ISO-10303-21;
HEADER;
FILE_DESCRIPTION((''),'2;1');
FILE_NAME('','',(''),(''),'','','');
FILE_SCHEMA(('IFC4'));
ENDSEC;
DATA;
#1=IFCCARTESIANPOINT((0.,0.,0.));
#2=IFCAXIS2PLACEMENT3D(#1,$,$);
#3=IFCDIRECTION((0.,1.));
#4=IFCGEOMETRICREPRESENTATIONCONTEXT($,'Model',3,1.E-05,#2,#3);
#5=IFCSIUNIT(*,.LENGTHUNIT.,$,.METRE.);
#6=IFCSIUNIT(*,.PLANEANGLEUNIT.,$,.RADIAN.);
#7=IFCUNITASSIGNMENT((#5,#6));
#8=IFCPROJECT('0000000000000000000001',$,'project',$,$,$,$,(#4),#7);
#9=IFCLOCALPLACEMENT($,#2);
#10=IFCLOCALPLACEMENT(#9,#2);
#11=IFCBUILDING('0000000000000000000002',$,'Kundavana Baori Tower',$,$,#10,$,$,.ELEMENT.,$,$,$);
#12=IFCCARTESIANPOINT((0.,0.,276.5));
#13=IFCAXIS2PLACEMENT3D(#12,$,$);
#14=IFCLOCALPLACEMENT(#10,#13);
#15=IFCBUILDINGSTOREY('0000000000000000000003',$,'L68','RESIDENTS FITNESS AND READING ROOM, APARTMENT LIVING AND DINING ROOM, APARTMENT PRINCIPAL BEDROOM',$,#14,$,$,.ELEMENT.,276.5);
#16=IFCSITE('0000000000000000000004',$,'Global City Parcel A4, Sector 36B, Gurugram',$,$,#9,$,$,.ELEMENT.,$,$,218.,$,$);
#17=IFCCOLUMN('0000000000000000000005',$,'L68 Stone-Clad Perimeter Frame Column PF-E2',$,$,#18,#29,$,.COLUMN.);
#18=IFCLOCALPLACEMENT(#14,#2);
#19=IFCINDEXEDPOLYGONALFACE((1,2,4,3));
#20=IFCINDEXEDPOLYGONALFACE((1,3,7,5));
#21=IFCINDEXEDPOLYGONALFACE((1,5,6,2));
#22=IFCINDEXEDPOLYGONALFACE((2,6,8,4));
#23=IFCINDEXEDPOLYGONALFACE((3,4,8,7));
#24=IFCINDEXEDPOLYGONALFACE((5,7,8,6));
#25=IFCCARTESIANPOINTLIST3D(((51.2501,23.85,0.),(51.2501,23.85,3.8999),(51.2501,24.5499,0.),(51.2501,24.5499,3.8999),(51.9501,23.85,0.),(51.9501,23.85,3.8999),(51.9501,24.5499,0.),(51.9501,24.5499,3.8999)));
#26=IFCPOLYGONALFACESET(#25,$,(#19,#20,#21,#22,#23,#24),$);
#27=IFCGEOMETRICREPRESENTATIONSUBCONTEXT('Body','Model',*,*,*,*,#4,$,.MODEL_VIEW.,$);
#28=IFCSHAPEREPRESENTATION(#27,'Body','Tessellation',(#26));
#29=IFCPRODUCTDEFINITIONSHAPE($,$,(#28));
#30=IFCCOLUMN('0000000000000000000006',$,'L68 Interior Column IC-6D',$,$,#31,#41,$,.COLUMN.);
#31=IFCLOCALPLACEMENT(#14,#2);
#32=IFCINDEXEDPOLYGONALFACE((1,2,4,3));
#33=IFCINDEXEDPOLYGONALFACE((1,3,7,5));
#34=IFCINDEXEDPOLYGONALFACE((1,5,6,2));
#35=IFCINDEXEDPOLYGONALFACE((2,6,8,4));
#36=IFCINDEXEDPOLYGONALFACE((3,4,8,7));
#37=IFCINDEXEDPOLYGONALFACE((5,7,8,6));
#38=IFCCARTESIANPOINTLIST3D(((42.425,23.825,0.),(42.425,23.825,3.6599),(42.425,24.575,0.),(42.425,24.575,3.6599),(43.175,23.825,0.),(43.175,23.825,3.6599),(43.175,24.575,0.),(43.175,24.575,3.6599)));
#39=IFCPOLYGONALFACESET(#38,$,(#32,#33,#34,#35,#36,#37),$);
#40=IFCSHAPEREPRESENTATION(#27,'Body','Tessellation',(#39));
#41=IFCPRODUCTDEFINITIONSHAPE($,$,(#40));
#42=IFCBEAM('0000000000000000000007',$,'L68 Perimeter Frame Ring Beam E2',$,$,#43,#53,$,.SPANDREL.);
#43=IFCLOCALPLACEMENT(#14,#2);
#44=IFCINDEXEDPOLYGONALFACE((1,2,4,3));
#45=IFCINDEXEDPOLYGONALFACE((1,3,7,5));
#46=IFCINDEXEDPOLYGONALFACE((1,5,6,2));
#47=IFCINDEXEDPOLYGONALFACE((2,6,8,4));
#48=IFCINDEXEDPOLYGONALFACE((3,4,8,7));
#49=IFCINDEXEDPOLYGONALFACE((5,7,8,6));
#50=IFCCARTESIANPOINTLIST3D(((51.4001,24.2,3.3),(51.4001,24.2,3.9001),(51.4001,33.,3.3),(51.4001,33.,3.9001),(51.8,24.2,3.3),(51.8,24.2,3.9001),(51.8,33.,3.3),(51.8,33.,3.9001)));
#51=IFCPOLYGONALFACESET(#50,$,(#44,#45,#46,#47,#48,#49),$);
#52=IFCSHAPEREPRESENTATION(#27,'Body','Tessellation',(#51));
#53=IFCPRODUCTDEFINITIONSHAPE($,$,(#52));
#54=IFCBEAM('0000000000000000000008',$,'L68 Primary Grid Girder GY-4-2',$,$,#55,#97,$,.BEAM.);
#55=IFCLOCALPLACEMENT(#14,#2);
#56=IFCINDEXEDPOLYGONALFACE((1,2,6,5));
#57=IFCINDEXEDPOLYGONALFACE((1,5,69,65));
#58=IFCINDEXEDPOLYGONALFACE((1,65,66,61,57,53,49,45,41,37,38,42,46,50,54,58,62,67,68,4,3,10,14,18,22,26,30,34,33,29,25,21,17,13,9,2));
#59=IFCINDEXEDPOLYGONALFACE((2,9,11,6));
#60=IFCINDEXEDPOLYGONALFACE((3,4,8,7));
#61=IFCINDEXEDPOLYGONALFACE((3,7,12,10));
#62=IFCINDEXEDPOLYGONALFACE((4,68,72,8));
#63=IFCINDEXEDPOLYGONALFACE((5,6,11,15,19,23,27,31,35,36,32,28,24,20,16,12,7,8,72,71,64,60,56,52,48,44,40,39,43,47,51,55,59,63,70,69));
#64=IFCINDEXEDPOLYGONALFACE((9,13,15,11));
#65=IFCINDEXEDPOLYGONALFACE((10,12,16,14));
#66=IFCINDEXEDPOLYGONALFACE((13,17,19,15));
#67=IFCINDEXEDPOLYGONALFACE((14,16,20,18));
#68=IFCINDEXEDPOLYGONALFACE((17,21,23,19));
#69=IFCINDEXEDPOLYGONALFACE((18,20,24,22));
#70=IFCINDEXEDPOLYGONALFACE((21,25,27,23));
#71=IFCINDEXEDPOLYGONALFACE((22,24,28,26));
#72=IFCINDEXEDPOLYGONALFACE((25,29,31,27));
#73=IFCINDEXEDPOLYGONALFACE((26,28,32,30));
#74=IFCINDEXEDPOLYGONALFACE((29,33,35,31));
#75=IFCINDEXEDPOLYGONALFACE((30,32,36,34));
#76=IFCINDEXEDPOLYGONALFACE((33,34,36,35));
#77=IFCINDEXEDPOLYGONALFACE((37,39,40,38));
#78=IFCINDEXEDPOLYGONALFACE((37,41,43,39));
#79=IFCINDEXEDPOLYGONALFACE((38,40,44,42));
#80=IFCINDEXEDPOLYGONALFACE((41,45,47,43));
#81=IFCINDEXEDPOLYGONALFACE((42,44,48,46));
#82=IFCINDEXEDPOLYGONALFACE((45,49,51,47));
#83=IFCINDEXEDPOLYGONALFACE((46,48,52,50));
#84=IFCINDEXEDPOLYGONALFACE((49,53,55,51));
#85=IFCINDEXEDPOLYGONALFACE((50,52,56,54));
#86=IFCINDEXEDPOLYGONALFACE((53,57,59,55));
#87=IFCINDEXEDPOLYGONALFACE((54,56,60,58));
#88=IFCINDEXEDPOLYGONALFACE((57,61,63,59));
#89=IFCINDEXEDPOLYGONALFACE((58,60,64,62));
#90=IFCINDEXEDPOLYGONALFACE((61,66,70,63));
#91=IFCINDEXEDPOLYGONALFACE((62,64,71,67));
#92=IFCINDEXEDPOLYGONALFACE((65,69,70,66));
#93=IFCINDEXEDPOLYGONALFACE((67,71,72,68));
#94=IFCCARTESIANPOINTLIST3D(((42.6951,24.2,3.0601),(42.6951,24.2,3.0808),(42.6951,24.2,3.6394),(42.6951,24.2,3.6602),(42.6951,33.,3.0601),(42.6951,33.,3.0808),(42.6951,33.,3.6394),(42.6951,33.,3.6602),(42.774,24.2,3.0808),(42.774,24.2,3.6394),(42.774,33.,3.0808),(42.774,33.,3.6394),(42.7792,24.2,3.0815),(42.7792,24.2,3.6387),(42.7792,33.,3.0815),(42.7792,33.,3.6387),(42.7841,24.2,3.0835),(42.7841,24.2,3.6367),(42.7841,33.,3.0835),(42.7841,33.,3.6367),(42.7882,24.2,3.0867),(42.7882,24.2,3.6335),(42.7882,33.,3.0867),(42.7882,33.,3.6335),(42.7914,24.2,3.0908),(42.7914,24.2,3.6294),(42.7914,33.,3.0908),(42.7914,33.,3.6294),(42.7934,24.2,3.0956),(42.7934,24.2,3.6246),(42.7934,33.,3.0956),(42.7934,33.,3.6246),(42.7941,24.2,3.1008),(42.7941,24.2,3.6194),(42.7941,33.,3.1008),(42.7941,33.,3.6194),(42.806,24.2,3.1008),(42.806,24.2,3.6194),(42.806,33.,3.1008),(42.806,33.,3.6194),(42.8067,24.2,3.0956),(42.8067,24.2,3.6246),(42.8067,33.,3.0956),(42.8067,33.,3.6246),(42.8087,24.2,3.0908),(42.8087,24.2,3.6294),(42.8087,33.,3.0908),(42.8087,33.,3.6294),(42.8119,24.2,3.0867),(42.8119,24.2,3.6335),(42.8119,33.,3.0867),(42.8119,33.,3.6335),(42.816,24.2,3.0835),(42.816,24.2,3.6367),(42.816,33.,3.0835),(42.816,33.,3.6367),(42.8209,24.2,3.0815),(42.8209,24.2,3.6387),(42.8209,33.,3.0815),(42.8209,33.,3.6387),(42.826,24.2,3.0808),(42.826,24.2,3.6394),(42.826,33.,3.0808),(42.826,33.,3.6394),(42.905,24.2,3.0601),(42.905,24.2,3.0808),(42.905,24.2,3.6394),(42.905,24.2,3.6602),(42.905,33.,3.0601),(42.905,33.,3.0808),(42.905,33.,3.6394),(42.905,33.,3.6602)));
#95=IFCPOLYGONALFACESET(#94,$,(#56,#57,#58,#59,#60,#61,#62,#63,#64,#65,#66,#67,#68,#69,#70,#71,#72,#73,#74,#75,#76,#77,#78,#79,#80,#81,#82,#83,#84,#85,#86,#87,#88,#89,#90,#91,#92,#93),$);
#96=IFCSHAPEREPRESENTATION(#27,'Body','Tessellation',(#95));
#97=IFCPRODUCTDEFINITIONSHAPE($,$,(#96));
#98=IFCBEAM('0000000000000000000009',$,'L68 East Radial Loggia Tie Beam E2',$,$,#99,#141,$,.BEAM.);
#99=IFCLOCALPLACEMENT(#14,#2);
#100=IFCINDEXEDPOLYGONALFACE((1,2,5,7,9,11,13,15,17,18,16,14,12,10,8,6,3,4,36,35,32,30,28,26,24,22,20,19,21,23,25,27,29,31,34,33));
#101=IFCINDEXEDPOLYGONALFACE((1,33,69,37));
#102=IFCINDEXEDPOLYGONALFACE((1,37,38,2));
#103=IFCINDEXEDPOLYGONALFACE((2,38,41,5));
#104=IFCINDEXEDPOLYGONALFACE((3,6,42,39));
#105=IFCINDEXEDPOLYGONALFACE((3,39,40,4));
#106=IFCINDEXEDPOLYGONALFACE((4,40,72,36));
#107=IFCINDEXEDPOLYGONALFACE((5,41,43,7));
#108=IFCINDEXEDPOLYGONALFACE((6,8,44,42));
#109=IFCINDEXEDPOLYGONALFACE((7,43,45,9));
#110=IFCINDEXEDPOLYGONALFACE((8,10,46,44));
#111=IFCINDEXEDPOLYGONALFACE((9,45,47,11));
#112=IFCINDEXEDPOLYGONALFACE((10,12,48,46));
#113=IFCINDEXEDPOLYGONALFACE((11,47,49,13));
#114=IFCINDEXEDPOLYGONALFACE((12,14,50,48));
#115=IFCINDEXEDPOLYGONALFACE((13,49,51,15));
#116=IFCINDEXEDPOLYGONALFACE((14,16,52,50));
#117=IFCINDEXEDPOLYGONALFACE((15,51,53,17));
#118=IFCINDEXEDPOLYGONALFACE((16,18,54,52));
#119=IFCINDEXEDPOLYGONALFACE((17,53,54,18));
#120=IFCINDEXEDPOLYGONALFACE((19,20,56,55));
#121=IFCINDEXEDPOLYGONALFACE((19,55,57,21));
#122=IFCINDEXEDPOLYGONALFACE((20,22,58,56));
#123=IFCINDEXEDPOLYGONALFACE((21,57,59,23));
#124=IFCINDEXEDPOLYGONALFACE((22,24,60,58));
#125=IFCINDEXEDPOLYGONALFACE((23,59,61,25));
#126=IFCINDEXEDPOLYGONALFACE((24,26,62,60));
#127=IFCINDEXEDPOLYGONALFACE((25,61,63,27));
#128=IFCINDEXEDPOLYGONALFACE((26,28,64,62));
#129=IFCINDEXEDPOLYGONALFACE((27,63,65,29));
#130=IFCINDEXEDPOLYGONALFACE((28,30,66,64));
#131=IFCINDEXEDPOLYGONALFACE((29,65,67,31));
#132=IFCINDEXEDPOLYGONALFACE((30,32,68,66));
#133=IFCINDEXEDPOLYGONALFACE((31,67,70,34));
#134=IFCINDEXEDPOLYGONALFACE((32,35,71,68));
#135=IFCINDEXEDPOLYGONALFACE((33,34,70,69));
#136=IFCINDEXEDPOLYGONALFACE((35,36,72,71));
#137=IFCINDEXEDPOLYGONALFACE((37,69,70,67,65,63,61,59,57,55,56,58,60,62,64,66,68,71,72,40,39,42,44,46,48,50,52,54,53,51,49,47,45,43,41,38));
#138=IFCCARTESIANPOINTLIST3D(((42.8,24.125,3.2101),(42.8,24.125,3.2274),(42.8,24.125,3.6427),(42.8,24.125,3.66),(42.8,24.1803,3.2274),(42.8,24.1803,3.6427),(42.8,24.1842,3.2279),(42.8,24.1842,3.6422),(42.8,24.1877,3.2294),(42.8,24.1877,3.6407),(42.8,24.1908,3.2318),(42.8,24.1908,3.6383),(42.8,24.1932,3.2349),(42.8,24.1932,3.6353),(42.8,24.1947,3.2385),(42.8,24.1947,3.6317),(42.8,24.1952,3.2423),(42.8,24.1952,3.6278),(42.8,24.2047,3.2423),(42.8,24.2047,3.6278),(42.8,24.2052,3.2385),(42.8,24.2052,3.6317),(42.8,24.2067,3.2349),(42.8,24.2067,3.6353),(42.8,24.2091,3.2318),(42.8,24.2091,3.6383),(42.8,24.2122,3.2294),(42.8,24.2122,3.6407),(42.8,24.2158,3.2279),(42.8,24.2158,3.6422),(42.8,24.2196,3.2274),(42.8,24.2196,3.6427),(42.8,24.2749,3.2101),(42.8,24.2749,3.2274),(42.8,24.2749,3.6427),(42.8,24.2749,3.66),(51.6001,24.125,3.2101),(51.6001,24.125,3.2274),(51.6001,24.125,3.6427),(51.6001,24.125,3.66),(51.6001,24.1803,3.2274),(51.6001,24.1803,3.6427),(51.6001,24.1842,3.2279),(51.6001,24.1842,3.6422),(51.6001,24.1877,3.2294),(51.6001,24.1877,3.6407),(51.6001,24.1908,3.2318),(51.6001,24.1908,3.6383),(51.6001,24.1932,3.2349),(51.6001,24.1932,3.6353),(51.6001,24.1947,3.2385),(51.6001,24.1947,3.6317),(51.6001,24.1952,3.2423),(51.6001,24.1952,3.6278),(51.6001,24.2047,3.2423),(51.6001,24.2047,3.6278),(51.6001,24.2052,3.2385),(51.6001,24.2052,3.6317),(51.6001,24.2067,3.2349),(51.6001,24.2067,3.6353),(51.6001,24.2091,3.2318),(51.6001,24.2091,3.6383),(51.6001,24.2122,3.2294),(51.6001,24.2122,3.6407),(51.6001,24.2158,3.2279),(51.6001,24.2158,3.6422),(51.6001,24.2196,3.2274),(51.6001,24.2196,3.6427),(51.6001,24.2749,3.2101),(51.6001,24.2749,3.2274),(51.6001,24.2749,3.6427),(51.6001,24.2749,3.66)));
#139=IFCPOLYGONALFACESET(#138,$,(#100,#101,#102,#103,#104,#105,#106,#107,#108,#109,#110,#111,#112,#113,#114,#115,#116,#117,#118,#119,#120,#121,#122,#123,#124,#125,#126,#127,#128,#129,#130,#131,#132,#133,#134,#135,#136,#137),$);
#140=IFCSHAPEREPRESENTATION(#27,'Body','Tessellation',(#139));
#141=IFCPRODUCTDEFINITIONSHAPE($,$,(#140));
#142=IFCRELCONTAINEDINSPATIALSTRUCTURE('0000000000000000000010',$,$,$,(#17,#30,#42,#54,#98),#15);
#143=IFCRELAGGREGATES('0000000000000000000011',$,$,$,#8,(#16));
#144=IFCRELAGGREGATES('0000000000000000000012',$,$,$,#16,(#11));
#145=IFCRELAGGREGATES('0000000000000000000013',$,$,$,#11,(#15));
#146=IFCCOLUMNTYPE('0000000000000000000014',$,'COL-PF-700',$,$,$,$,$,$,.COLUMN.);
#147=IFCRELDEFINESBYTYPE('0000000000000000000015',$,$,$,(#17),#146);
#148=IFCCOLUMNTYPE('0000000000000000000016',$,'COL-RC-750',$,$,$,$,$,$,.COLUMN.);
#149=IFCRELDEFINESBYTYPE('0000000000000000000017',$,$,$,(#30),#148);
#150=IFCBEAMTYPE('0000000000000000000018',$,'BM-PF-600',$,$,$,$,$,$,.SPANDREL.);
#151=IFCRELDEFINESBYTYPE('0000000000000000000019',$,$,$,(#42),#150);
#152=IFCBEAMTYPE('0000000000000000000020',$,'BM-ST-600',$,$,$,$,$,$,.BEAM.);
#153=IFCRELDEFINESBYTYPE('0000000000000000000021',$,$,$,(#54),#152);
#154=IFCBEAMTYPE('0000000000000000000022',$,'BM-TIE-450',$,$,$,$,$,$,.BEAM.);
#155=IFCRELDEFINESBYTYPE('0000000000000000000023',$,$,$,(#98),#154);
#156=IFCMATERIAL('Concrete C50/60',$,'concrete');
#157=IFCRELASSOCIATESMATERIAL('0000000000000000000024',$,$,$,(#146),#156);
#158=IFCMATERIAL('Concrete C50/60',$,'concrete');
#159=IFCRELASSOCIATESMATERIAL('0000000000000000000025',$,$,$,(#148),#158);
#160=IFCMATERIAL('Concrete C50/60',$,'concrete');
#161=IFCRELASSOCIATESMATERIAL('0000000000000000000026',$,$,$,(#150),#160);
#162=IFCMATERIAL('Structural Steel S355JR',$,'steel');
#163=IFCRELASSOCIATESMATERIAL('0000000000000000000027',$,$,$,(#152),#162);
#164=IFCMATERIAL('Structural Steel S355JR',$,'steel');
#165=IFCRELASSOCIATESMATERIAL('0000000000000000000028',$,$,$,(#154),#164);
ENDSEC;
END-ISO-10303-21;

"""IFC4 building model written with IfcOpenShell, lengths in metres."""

from ifc_helpers import new_model, si_unit, direction, frame, origin, origin_2d, place, context, subcontext, project, spatial, rectangle, i_section, extrude, material, material_profile, profile_set, type_object, element, save


model = new_model("IFC4")

# Units and contexts
model_context = context("Model", 3, precision=1e-05, world=origin(), true_north=direction((0.0, 1.0)))
body_context = subcontext(model_context, "Body", "Model", "MODEL_VIEW")
ifc_project = project(units=[si_unit("LENGTHUNIT", "METRE"), si_unit("PLANEANGLEUNIT", "RADIAN")], contexts=[model_context])

# Site, building, storey
site_placement = place(None, origin())
site = spatial("IfcSite", under=ifc_project, at=site_placement, Name="Global City Parcel A4, Sector 36B, Gurugram", CompositionType="ELEMENT", RefElevation=218.0)
building_placement = place(site_placement, origin())
building = spatial("IfcBuilding", under=site, at=building_placement, Name="Kundavana Baori Tower", CompositionType="ELEMENT")
storey_placement = place(building_placement, frame((0.0, 0.0, 276.5)))
storey = spatial("IfcBuildingStorey", under=building, at=storey_placement, Name="L68", Description="RESIDENTS FITNESS AND READING ROOM, APARTMENT LIVING AND DINING ROOM, APARTMENT PRINCIPAL BEDROOM", CompositionType="ELEMENT", Elevation=276.5)

# Columns
ifc_material_1 = material(Name="Concrete C50/60", Category="concrete")
ifc_material_profile_1 = material_profile(ifc_material_1, rectangle(XDim=0.7, YDim=0.7, at=origin_2d()), Name="RC PF 700x700")
ifc_profile_set_1 = profile_set([ifc_material_profile_1], Name="Concrete C50/60")
column_type_1 = type_object("IfcColumnType", Name="COL-PF-700", PredefinedType="COLUMN", material=ifc_profile_set_1)
column_1_placement = place(storey_placement, frame((51.6001, 24.2, 0.0), z_axis=(0.0, 0.0, 1.0), x_axis=(1.0, 0.0, 0.0)))
element("IfcColumn", 1, at=column_1_placement, inside=storey, type_object=column_type_1, Name="L68 Stone-Clad Perimeter Frame Column PF-E2", PredefinedType="COLUMN", context=body_context, shape_type="SweptSolid", body=[
    extrude(rectangle(XDim=0.7, YDim=0.7, at=origin_2d()), origin(), (0.0, 0.0, 1.0), 3.8999),
])
ifc_material_2 = material(Name="Concrete C50/60", Category="concrete")
ifc_material_profile_2 = material_profile(ifc_material_2, rectangle(XDim=0.75, YDim=0.75, at=origin_2d()), Name="RC 750x750")
ifc_profile_set_2 = profile_set([ifc_material_profile_2], Name="Concrete C50/60")
column_type_2 = type_object("IfcColumnType", Name="COL-RC-750", PredefinedType="COLUMN", material=ifc_profile_set_2)
column_2_placement = place(storey_placement, frame((42.8, 24.2, 0.0), z_axis=(0.0, 0.0, 1.0), x_axis=(1.0, 0.0, 0.0)))
element("IfcColumn", 2, at=column_2_placement, inside=storey, type_object=column_type_2, Name="L68 Interior Column IC-6D", PredefinedType="COLUMN", context=body_context, shape_type="SweptSolid", body=[
    extrude(rectangle(XDim=0.75, YDim=0.75, at=origin_2d()), origin(), (0.0, 0.0, 1.0), 3.6599),
])

# Beams
ifc_material_3 = material(Name="Concrete C50/60", Category="concrete")
ifc_material_profile_3 = material_profile(ifc_material_3, rectangle(XDim=0.3999, YDim=0.6001, at=origin_2d()), Name="RC BM 400x600")
ifc_profile_set_3 = profile_set([ifc_material_profile_3], Name="Concrete C50/60")
beam_type_1 = type_object("IfcBeamType", Name="BM-PF-600", PredefinedType="SPANDREL", material=ifc_profile_set_3)
beam_1_placement = place(storey_placement, frame((51.6001, 24.2, 3.6001), z_axis=(0.0, 1.0, 0.0), x_axis=(-1.0, 0.0, 0.0)))
element("IfcBeam", 3, at=beam_1_placement, inside=storey, type_object=beam_type_1, Name="L68 Perimeter Frame Ring Beam E2", PredefinedType="SPANDREL", context=body_context, shape_type="SweptSolid", body=[
    extrude(rectangle(XDim=0.3999, YDim=0.6001, at=origin_2d()), origin(), (0.0, 0.0, 1.0), 8.8),
])
ifc_material_4 = material(Name="Structural Steel S355JR", Category="steel")
ifc_material_profile_4 = material_profile(ifc_material_4, i_section(OverallWidth=0.21, OverallDepth=0.6001, WebThickness=0.012, FlangeThickness=0.0208, FilletRadius=0.02, at=origin_2d()), Name="ISMB 600")
ifc_profile_set_4 = profile_set([ifc_material_profile_4], Name="Structural Steel S355JR")
beam_type_2 = type_object("IfcBeamType", Name="BM-ST-600", PredefinedType="BEAM", material=ifc_profile_set_4)
beam_2_placement = place(storey_placement, frame((42.8, 24.2, 3.3601), z_axis=(0.0, 1.0, 0.0), x_axis=(-1.0, 0.0, 0.0)))
element("IfcBeam", 4, at=beam_2_placement, inside=storey, type_object=beam_type_2, Name="L68 Primary Grid Girder GY-4-2", PredefinedType="BEAM", context=body_context, shape_type="SweptSolid", body=[
    extrude(i_section(OverallWidth=0.21, OverallDepth=0.6001, WebThickness=0.012, FlangeThickness=0.0208, FilletRadius=0.02, at=origin_2d()), origin(), (0.0, 0.0, 1.0), 8.8),
])
ifc_material_5 = material(Name="Structural Steel S355JR", Category="steel")
ifc_material_profile_5 = material_profile(ifc_material_5, i_section(OverallWidth=0.1499, OverallDepth=0.45, WebThickness=0.0095, FlangeThickness=0.0173, FilletRadius=0.0149, at=origin_2d()), Name="ISMB 450")
ifc_profile_set_5 = profile_set([ifc_material_profile_5], Name="Structural Steel S355JR")
beam_type_3 = type_object("IfcBeamType", Name="BM-TIE-450", PredefinedType="BEAM", material=ifc_profile_set_5)
beam_3_placement = place(storey_placement, frame((42.8, 24.2, 3.4351), z_axis=(1.0, 0.0, 0.0), x_axis=(0.0, 1.0, 0.0)))
element("IfcBeam", 5, at=beam_3_placement, inside=storey, type_object=beam_type_3, Name="L68 East Radial Loggia Tie Beam E2", PredefinedType="BEAM", context=body_context, shape_type="SweptSolid", body=[
    extrude(i_section(OverallWidth=0.1499, OverallDepth=0.45, WebThickness=0.0095, FlangeThickness=0.0173, FilletRadius=0.0149, at=origin_2d()), origin(), (0.0, 0.0, 1.0), 8.8),
])

save(model, "model.ifc")
